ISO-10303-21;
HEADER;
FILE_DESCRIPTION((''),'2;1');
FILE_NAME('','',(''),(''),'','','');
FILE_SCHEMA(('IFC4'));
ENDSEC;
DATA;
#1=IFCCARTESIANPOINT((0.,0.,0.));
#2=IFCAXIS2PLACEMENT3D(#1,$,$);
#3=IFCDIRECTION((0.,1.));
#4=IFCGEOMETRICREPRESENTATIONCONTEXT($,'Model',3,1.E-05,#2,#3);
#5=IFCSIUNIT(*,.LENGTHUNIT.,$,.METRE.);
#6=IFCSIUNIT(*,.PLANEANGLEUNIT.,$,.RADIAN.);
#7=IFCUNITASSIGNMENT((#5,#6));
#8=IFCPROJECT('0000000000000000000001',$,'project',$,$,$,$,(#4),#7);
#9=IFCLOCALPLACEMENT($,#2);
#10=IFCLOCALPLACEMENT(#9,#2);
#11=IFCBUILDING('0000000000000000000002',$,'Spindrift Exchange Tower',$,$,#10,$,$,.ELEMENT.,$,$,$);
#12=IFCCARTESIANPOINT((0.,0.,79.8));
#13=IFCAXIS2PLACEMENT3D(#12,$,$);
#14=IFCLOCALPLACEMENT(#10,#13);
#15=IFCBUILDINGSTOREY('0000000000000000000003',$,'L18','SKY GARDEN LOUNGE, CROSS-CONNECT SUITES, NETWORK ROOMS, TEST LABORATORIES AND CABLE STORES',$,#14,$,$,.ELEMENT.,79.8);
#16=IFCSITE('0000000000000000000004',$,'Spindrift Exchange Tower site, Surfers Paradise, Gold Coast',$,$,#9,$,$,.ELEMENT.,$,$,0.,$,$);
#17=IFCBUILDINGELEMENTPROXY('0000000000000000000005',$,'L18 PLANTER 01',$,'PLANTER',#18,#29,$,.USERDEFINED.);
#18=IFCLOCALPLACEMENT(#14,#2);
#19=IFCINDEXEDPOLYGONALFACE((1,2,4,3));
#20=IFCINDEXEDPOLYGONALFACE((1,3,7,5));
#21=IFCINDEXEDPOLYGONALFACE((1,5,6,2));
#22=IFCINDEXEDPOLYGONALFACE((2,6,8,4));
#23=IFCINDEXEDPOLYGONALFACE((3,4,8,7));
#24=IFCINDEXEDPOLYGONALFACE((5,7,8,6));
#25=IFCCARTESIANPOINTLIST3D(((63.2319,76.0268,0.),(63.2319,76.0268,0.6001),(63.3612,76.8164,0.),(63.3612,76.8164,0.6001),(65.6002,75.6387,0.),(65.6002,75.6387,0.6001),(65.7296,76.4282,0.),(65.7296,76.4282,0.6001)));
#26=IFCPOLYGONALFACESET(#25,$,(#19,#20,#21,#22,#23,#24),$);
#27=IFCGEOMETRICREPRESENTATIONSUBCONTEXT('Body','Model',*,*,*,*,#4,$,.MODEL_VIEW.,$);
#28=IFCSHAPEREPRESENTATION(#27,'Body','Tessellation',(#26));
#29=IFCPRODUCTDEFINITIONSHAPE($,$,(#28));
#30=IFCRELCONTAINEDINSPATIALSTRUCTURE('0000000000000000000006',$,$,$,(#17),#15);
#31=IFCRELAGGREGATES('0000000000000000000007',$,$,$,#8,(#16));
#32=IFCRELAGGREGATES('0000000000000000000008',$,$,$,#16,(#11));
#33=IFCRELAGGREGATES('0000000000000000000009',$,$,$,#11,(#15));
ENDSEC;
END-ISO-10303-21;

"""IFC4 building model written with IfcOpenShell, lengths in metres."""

from ifc_helpers import new_model, si_unit, direction, frame, origin, origin_2d, place, context, subcontext, project, spatial, rectangle, extrude, source, transform, mapped, element, save


model = new_model("IFC4")

# Units and contexts
model_context = context("Model", 3, precision=1e-05, world=origin(), true_north=direction((0.0, 1.0)))
body_context = subcontext(model_context, "Body", "Model", "MODEL_VIEW")
ifc_project = project(units=[si_unit("LENGTHUNIT", "METRE"), si_unit("PLANEANGLEUNIT", "RADIAN")], contexts=[model_context])

# Site, building, storey
site_placement = place(None, origin())
site = spatial("IfcSite", under=ifc_project, at=site_placement, Name="Spindrift Exchange Tower site, Surfers Paradise, Gold Coast", CompositionType="ELEMENT", RefElevation=0.0)
building_placement = place(site_placement, origin())
building = spatial("IfcBuilding", under=site, at=building_placement, Name="Spindrift Exchange Tower", CompositionType="ELEMENT")
storey_placement = place(building_placement, frame((0.0, 0.0, 79.8)))
storey = spatial("IfcBuildingStorey", under=building, at=storey_placement, Name="L18", Description="SKY GARDEN LOUNGE, CROSS-CONNECT SUITES, NETWORK ROOMS, TEST LABORATORIES AND CABLE STORES", CompositionType="ELEMENT", Elevation=79.8)

# Building element proxy
shared_shape_1 = source(origin(), body_context, "Body", "SweptSolid", [
    extrude(rectangle(XDim=2.3999, YDim=0.8, at=origin_2d()), origin(), (0.0, 0.0, 1.0), 0.6001),
])
proxy_placement = place(storey_placement, frame((64.4807, 76.2275, 0.0), z_axis=(0.0, 0.0, 1.0), x_axis=(0.986837, -0.161721, 0.0)))
element("IfcBuildingElementProxy", 1, at=proxy_placement, inside=storey, Name="L18 PLANTER 01", ObjectType="PLANTER", PredefinedType="USERDEFINED", context=body_context, shape_type="MappedRepresentation", body=[
    mapped(shared_shape_1, transform((0.0, 0.0, 0.0), scale=1.0)),
])

save(model, "model.ifc")
